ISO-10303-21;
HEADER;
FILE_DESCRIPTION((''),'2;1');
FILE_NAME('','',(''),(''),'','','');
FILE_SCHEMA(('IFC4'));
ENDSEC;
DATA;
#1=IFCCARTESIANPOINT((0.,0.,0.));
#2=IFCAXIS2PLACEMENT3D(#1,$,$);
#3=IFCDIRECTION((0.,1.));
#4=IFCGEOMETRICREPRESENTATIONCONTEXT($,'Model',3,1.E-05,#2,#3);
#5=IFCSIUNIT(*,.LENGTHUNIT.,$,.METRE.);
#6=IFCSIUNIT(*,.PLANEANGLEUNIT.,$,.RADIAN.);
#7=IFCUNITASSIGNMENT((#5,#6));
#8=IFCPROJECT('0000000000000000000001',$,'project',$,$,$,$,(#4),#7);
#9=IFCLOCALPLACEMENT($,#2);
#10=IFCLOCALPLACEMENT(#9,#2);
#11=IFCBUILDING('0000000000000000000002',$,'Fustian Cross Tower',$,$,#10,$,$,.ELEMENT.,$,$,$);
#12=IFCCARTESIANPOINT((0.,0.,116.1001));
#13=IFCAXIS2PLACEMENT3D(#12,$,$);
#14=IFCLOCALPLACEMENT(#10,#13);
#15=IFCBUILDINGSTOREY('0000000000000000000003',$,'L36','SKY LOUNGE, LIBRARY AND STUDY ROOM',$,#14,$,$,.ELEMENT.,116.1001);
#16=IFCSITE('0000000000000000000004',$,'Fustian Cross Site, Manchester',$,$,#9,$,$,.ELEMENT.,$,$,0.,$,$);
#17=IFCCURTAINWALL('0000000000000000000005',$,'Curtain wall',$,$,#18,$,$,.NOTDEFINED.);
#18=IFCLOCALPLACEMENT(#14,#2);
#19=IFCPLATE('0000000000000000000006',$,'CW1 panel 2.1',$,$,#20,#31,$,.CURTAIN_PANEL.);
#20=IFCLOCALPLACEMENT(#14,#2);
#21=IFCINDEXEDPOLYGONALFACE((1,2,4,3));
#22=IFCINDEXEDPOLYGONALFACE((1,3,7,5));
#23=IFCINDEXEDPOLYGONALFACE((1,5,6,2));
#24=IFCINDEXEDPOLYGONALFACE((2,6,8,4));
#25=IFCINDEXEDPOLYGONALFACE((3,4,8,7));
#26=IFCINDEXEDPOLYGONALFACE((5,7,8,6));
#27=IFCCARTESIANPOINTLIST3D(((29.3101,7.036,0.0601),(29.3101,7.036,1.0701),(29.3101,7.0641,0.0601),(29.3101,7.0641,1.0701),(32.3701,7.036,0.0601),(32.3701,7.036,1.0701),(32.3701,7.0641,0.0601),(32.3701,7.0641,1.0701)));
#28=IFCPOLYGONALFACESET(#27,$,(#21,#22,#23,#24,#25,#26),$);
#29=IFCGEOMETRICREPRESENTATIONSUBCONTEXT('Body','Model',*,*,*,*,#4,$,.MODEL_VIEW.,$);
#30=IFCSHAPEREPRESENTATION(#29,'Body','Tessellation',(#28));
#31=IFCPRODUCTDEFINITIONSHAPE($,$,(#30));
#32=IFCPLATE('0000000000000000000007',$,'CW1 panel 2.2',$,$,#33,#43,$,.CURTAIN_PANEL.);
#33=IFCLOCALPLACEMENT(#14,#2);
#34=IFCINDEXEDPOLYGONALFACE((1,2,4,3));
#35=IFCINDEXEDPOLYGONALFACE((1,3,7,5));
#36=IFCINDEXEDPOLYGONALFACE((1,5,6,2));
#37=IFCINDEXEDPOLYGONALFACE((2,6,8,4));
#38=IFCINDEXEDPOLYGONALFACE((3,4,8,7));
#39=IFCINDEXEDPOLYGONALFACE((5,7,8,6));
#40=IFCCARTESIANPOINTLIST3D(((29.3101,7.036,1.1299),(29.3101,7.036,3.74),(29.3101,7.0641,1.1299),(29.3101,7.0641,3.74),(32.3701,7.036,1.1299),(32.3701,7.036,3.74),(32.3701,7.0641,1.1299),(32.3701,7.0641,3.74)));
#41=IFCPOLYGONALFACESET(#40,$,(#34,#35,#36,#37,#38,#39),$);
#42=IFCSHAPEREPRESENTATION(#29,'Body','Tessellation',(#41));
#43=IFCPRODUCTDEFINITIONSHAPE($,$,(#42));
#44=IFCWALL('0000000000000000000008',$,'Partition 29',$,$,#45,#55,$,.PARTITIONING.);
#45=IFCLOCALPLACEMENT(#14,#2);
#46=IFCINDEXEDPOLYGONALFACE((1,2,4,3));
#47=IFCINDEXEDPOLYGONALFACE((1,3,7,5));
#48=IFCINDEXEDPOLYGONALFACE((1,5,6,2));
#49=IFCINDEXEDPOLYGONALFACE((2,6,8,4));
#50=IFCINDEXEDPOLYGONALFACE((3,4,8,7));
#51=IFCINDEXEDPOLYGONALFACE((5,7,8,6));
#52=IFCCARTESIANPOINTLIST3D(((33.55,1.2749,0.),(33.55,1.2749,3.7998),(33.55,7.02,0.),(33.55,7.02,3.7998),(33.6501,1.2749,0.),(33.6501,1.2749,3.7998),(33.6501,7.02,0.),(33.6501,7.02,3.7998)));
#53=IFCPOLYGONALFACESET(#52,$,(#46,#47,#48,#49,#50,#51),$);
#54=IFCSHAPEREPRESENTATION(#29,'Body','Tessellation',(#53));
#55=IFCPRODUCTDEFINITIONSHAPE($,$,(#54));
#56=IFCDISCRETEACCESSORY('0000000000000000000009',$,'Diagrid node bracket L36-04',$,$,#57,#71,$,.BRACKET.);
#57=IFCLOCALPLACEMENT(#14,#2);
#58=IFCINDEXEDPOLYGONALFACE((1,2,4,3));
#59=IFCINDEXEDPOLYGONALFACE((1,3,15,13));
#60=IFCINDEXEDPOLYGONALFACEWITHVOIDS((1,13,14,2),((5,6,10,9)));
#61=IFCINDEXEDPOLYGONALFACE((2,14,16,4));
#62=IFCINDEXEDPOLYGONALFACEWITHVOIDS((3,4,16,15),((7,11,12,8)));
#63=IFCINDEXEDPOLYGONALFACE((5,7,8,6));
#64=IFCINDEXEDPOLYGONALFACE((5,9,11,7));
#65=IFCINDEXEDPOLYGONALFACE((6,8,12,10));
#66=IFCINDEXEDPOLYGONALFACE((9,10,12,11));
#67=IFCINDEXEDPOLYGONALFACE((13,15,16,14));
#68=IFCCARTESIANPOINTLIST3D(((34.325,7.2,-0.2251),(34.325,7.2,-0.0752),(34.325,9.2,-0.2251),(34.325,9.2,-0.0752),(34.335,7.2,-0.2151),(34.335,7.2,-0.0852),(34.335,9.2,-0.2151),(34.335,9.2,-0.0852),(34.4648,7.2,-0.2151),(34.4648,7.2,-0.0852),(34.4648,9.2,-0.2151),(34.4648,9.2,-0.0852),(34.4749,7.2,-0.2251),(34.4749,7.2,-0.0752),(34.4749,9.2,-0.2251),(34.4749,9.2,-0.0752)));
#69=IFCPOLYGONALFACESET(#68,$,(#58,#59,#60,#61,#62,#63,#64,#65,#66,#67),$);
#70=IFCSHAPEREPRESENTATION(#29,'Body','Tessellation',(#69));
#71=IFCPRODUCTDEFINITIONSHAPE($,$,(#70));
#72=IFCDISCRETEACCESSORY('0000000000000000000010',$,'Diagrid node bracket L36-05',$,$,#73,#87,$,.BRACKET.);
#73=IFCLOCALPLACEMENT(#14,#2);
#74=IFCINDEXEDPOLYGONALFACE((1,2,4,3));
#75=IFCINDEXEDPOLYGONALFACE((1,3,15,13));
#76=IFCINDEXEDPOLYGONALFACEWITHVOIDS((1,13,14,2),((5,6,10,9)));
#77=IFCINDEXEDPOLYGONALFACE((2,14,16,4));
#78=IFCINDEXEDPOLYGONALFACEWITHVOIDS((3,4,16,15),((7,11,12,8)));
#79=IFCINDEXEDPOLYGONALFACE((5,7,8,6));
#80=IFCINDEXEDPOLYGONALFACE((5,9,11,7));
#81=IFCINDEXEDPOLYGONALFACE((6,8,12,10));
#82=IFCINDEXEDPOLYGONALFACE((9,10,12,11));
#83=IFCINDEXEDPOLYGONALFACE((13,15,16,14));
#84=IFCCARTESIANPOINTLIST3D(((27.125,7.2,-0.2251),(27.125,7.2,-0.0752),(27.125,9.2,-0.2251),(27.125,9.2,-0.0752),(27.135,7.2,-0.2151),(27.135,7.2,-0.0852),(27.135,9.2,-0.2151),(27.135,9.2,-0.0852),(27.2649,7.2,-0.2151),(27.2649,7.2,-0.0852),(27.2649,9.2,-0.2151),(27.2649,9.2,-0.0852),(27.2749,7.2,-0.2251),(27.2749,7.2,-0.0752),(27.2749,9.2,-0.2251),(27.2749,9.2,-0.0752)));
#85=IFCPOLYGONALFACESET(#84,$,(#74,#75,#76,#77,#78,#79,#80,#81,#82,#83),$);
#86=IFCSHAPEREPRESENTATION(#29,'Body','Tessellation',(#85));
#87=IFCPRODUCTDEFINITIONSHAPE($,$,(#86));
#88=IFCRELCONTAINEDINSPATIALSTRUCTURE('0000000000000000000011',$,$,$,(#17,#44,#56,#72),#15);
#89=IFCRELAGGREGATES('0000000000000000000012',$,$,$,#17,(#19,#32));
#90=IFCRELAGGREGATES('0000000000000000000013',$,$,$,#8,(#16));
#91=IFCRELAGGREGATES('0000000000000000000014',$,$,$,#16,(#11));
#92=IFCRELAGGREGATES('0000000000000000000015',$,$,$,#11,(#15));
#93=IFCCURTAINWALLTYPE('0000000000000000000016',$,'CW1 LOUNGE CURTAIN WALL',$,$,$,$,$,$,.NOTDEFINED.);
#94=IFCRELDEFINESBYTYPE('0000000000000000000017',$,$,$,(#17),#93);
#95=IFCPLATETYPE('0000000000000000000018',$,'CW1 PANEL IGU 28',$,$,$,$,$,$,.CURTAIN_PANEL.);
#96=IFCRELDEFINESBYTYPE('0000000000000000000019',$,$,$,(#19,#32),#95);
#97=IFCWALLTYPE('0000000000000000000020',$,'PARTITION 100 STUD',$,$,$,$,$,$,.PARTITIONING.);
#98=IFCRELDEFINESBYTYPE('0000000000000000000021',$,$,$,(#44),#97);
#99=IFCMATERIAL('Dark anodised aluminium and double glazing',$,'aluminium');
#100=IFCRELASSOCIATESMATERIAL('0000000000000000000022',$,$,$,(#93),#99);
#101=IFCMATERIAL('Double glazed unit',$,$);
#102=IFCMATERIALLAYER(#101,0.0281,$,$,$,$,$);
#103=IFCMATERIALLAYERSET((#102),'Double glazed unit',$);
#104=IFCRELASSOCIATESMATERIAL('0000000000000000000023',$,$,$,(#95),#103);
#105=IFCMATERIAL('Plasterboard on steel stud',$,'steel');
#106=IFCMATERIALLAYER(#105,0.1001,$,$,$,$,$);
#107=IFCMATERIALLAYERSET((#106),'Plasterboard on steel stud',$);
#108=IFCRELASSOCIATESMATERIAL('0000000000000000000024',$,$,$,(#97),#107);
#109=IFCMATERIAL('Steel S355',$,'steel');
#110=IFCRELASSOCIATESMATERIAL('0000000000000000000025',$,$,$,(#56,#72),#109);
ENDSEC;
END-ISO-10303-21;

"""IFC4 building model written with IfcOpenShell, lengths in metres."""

from ifc_helpers import new_model, si_unit, direction, frame, frame_2d, origin, origin_2d, place, context, subcontext, project, spatial, rectangle, hollow_rectangle, extrude, material, layer, layer_set, type_object, element, aggregate, save


model = new_model("IFC4")

# Units and contexts
model_context = context("Model", 3, precision=1e-05, world=origin(), true_north=direction((0.0, 1.0)))
body_context = subcontext(model_context, "Body", "Model", "MODEL_VIEW")
ifc_project = project(units=[si_unit("LENGTHUNIT", "METRE"), si_unit("PLANEANGLEUNIT", "RADIAN")], contexts=[model_context])

# Site, building, storey
site_placement = place(None, origin())
site = spatial("IfcSite", under=ifc_project, at=site_placement, Name="Fustian Cross Site, Manchester", CompositionType="ELEMENT", RefElevation=0.0)
building_placement = place(site_placement, origin())
building = spatial("IfcBuilding", under=site, at=building_placement, Name="Fustian Cross Tower", CompositionType="ELEMENT")
storey_placement = place(building_placement, frame((0.0, 0.0, 116.1001)))
storey = spatial("IfcBuildingStorey", under=building, at=storey_placement, Name="L36", Description="SKY LOUNGE, LIBRARY AND STUDY ROOM", CompositionType="ELEMENT", Elevation=116.1001)

# Curtain wall
ifc_material_1 = material(Name="Dark anodised aluminium and double glazing", Category="aluminium")
curtain_wall_type = type_object("IfcCurtainWallType", Name="CW1 LOUNGE CURTAIN WALL", PredefinedType="NOTDEFINED", material=ifc_material_1)
curtain_wall_1_placement = place(storey_placement, origin())
curtain_wall_1 = element("IfcCurtainWall", 1, at=curtain_wall_1_placement, inside=storey, type_object=curtain_wall_type, Name="Curtain wall", PredefinedType="NOTDEFINED")

# Plates
ifc_material_2 = material(Name="Double glazed unit")
ifc_layer_1 = layer(ifc_material_2, 0.0281)
ifc_layer_set_1 = layer_set([ifc_layer_1], Name="Double glazed unit")
plate_type = type_object("IfcPlateType", Name="CW1 PANEL IGU 28", PredefinedType="CURTAIN_PANEL", material=ifc_layer_set_1)
plate_1_placement = place(storey_placement, frame((30.8401, 7.05, 0.0601), z_axis=(0.0, 0.0, 1.0), x_axis=(-1.0, 0.0, 0.0)))
plate_1 = element("IfcPlate", 2, at=plate_1_placement, type_object=plate_type, Name="CW1 panel 2.1", PredefinedType="CURTAIN_PANEL", context=body_context, shape_type="SweptSolid", body=[
    extrude(rectangle(XDim=3.0601, YDim=0.0281, at=origin_2d()), origin(), (0.0, 0.0, 1.0), 1.01),
])
plate_2_placement = place(storey_placement, frame((30.8401, 7.05, 1.1299), z_axis=(0.0, 0.0, 1.0), x_axis=(-1.0, 0.0, 0.0)))
plate_2 = element("IfcPlate", 3, at=plate_2_placement, type_object=plate_type, Name="CW1 panel 2.2", PredefinedType="CURTAIN_PANEL", context=body_context, shape_type="SweptSolid", body=[
    extrude(rectangle(XDim=3.0601, YDim=0.0281, at=origin_2d()), origin(), (0.0, 0.0, 1.0), 2.6101),
])
aggregate(curtain_wall_1, [plate_1, plate_2])

# Wall
ifc_material_3 = material(Name="Plasterboard on steel stud", Category="steel")
ifc_layer_2 = layer(ifc_material_3, 0.1001)
ifc_layer_set_2 = layer_set([ifc_layer_2], Name="Plasterboard on steel stud")
wall_type = type_object("IfcWallType", Name="PARTITION 100 STUD", PredefinedType="PARTITIONING", material=ifc_layer_set_2)
wall_placement = place(storey_placement, frame((33.6001, 1.2749, 0.0), z_axis=(0.0, 0.0, 1.0), x_axis=(0.0, 1.0, 0.0)))
element("IfcWall", 4, at=wall_placement, inside=storey, type_object=wall_type, Name="Partition 29", PredefinedType="PARTITIONING", context=body_context, shape_type="SweptSolid", body=[
    extrude(rectangle(XDim=5.7451, YDim=0.1001, at=frame_2d((2.8726, 0.0))), origin(), (0.0, 0.0, 1.0), 3.7998),
])

# Discrete accessories
ifc_material_4 = material(Name="Steel S355", Category="steel")
for number, where, z_axis, x_axis, name in (
    (5, (34.3999, 9.2, -0.1501), (0.0, -1.0, 0.0), (1.0, 0.0, 0.0), "Diagrid node bracket L36-04"),
    (6, (27.2, 9.2, -0.1501), (0.0, -1.0, 0.0), (1.0, 0.0, 0.0), "Diagrid node bracket L36-05"),
):
    element("IfcDiscreteAccessory", number, at=place(storey_placement, frame(where, z_axis=z_axis, x_axis=x_axis)), inside=storey, material=ifc_material_4, Name=name, PredefinedType="BRACKET", context=body_context, shape_type="SweptSolid", body=[
        extrude(hollow_rectangle(XDim=0.1499, YDim=0.1499, WallThickness=0.01, at=origin_2d()), origin(), (0.0, 0.0, 1.0), 2.0),
    ])

save(model, "model.ifc")
